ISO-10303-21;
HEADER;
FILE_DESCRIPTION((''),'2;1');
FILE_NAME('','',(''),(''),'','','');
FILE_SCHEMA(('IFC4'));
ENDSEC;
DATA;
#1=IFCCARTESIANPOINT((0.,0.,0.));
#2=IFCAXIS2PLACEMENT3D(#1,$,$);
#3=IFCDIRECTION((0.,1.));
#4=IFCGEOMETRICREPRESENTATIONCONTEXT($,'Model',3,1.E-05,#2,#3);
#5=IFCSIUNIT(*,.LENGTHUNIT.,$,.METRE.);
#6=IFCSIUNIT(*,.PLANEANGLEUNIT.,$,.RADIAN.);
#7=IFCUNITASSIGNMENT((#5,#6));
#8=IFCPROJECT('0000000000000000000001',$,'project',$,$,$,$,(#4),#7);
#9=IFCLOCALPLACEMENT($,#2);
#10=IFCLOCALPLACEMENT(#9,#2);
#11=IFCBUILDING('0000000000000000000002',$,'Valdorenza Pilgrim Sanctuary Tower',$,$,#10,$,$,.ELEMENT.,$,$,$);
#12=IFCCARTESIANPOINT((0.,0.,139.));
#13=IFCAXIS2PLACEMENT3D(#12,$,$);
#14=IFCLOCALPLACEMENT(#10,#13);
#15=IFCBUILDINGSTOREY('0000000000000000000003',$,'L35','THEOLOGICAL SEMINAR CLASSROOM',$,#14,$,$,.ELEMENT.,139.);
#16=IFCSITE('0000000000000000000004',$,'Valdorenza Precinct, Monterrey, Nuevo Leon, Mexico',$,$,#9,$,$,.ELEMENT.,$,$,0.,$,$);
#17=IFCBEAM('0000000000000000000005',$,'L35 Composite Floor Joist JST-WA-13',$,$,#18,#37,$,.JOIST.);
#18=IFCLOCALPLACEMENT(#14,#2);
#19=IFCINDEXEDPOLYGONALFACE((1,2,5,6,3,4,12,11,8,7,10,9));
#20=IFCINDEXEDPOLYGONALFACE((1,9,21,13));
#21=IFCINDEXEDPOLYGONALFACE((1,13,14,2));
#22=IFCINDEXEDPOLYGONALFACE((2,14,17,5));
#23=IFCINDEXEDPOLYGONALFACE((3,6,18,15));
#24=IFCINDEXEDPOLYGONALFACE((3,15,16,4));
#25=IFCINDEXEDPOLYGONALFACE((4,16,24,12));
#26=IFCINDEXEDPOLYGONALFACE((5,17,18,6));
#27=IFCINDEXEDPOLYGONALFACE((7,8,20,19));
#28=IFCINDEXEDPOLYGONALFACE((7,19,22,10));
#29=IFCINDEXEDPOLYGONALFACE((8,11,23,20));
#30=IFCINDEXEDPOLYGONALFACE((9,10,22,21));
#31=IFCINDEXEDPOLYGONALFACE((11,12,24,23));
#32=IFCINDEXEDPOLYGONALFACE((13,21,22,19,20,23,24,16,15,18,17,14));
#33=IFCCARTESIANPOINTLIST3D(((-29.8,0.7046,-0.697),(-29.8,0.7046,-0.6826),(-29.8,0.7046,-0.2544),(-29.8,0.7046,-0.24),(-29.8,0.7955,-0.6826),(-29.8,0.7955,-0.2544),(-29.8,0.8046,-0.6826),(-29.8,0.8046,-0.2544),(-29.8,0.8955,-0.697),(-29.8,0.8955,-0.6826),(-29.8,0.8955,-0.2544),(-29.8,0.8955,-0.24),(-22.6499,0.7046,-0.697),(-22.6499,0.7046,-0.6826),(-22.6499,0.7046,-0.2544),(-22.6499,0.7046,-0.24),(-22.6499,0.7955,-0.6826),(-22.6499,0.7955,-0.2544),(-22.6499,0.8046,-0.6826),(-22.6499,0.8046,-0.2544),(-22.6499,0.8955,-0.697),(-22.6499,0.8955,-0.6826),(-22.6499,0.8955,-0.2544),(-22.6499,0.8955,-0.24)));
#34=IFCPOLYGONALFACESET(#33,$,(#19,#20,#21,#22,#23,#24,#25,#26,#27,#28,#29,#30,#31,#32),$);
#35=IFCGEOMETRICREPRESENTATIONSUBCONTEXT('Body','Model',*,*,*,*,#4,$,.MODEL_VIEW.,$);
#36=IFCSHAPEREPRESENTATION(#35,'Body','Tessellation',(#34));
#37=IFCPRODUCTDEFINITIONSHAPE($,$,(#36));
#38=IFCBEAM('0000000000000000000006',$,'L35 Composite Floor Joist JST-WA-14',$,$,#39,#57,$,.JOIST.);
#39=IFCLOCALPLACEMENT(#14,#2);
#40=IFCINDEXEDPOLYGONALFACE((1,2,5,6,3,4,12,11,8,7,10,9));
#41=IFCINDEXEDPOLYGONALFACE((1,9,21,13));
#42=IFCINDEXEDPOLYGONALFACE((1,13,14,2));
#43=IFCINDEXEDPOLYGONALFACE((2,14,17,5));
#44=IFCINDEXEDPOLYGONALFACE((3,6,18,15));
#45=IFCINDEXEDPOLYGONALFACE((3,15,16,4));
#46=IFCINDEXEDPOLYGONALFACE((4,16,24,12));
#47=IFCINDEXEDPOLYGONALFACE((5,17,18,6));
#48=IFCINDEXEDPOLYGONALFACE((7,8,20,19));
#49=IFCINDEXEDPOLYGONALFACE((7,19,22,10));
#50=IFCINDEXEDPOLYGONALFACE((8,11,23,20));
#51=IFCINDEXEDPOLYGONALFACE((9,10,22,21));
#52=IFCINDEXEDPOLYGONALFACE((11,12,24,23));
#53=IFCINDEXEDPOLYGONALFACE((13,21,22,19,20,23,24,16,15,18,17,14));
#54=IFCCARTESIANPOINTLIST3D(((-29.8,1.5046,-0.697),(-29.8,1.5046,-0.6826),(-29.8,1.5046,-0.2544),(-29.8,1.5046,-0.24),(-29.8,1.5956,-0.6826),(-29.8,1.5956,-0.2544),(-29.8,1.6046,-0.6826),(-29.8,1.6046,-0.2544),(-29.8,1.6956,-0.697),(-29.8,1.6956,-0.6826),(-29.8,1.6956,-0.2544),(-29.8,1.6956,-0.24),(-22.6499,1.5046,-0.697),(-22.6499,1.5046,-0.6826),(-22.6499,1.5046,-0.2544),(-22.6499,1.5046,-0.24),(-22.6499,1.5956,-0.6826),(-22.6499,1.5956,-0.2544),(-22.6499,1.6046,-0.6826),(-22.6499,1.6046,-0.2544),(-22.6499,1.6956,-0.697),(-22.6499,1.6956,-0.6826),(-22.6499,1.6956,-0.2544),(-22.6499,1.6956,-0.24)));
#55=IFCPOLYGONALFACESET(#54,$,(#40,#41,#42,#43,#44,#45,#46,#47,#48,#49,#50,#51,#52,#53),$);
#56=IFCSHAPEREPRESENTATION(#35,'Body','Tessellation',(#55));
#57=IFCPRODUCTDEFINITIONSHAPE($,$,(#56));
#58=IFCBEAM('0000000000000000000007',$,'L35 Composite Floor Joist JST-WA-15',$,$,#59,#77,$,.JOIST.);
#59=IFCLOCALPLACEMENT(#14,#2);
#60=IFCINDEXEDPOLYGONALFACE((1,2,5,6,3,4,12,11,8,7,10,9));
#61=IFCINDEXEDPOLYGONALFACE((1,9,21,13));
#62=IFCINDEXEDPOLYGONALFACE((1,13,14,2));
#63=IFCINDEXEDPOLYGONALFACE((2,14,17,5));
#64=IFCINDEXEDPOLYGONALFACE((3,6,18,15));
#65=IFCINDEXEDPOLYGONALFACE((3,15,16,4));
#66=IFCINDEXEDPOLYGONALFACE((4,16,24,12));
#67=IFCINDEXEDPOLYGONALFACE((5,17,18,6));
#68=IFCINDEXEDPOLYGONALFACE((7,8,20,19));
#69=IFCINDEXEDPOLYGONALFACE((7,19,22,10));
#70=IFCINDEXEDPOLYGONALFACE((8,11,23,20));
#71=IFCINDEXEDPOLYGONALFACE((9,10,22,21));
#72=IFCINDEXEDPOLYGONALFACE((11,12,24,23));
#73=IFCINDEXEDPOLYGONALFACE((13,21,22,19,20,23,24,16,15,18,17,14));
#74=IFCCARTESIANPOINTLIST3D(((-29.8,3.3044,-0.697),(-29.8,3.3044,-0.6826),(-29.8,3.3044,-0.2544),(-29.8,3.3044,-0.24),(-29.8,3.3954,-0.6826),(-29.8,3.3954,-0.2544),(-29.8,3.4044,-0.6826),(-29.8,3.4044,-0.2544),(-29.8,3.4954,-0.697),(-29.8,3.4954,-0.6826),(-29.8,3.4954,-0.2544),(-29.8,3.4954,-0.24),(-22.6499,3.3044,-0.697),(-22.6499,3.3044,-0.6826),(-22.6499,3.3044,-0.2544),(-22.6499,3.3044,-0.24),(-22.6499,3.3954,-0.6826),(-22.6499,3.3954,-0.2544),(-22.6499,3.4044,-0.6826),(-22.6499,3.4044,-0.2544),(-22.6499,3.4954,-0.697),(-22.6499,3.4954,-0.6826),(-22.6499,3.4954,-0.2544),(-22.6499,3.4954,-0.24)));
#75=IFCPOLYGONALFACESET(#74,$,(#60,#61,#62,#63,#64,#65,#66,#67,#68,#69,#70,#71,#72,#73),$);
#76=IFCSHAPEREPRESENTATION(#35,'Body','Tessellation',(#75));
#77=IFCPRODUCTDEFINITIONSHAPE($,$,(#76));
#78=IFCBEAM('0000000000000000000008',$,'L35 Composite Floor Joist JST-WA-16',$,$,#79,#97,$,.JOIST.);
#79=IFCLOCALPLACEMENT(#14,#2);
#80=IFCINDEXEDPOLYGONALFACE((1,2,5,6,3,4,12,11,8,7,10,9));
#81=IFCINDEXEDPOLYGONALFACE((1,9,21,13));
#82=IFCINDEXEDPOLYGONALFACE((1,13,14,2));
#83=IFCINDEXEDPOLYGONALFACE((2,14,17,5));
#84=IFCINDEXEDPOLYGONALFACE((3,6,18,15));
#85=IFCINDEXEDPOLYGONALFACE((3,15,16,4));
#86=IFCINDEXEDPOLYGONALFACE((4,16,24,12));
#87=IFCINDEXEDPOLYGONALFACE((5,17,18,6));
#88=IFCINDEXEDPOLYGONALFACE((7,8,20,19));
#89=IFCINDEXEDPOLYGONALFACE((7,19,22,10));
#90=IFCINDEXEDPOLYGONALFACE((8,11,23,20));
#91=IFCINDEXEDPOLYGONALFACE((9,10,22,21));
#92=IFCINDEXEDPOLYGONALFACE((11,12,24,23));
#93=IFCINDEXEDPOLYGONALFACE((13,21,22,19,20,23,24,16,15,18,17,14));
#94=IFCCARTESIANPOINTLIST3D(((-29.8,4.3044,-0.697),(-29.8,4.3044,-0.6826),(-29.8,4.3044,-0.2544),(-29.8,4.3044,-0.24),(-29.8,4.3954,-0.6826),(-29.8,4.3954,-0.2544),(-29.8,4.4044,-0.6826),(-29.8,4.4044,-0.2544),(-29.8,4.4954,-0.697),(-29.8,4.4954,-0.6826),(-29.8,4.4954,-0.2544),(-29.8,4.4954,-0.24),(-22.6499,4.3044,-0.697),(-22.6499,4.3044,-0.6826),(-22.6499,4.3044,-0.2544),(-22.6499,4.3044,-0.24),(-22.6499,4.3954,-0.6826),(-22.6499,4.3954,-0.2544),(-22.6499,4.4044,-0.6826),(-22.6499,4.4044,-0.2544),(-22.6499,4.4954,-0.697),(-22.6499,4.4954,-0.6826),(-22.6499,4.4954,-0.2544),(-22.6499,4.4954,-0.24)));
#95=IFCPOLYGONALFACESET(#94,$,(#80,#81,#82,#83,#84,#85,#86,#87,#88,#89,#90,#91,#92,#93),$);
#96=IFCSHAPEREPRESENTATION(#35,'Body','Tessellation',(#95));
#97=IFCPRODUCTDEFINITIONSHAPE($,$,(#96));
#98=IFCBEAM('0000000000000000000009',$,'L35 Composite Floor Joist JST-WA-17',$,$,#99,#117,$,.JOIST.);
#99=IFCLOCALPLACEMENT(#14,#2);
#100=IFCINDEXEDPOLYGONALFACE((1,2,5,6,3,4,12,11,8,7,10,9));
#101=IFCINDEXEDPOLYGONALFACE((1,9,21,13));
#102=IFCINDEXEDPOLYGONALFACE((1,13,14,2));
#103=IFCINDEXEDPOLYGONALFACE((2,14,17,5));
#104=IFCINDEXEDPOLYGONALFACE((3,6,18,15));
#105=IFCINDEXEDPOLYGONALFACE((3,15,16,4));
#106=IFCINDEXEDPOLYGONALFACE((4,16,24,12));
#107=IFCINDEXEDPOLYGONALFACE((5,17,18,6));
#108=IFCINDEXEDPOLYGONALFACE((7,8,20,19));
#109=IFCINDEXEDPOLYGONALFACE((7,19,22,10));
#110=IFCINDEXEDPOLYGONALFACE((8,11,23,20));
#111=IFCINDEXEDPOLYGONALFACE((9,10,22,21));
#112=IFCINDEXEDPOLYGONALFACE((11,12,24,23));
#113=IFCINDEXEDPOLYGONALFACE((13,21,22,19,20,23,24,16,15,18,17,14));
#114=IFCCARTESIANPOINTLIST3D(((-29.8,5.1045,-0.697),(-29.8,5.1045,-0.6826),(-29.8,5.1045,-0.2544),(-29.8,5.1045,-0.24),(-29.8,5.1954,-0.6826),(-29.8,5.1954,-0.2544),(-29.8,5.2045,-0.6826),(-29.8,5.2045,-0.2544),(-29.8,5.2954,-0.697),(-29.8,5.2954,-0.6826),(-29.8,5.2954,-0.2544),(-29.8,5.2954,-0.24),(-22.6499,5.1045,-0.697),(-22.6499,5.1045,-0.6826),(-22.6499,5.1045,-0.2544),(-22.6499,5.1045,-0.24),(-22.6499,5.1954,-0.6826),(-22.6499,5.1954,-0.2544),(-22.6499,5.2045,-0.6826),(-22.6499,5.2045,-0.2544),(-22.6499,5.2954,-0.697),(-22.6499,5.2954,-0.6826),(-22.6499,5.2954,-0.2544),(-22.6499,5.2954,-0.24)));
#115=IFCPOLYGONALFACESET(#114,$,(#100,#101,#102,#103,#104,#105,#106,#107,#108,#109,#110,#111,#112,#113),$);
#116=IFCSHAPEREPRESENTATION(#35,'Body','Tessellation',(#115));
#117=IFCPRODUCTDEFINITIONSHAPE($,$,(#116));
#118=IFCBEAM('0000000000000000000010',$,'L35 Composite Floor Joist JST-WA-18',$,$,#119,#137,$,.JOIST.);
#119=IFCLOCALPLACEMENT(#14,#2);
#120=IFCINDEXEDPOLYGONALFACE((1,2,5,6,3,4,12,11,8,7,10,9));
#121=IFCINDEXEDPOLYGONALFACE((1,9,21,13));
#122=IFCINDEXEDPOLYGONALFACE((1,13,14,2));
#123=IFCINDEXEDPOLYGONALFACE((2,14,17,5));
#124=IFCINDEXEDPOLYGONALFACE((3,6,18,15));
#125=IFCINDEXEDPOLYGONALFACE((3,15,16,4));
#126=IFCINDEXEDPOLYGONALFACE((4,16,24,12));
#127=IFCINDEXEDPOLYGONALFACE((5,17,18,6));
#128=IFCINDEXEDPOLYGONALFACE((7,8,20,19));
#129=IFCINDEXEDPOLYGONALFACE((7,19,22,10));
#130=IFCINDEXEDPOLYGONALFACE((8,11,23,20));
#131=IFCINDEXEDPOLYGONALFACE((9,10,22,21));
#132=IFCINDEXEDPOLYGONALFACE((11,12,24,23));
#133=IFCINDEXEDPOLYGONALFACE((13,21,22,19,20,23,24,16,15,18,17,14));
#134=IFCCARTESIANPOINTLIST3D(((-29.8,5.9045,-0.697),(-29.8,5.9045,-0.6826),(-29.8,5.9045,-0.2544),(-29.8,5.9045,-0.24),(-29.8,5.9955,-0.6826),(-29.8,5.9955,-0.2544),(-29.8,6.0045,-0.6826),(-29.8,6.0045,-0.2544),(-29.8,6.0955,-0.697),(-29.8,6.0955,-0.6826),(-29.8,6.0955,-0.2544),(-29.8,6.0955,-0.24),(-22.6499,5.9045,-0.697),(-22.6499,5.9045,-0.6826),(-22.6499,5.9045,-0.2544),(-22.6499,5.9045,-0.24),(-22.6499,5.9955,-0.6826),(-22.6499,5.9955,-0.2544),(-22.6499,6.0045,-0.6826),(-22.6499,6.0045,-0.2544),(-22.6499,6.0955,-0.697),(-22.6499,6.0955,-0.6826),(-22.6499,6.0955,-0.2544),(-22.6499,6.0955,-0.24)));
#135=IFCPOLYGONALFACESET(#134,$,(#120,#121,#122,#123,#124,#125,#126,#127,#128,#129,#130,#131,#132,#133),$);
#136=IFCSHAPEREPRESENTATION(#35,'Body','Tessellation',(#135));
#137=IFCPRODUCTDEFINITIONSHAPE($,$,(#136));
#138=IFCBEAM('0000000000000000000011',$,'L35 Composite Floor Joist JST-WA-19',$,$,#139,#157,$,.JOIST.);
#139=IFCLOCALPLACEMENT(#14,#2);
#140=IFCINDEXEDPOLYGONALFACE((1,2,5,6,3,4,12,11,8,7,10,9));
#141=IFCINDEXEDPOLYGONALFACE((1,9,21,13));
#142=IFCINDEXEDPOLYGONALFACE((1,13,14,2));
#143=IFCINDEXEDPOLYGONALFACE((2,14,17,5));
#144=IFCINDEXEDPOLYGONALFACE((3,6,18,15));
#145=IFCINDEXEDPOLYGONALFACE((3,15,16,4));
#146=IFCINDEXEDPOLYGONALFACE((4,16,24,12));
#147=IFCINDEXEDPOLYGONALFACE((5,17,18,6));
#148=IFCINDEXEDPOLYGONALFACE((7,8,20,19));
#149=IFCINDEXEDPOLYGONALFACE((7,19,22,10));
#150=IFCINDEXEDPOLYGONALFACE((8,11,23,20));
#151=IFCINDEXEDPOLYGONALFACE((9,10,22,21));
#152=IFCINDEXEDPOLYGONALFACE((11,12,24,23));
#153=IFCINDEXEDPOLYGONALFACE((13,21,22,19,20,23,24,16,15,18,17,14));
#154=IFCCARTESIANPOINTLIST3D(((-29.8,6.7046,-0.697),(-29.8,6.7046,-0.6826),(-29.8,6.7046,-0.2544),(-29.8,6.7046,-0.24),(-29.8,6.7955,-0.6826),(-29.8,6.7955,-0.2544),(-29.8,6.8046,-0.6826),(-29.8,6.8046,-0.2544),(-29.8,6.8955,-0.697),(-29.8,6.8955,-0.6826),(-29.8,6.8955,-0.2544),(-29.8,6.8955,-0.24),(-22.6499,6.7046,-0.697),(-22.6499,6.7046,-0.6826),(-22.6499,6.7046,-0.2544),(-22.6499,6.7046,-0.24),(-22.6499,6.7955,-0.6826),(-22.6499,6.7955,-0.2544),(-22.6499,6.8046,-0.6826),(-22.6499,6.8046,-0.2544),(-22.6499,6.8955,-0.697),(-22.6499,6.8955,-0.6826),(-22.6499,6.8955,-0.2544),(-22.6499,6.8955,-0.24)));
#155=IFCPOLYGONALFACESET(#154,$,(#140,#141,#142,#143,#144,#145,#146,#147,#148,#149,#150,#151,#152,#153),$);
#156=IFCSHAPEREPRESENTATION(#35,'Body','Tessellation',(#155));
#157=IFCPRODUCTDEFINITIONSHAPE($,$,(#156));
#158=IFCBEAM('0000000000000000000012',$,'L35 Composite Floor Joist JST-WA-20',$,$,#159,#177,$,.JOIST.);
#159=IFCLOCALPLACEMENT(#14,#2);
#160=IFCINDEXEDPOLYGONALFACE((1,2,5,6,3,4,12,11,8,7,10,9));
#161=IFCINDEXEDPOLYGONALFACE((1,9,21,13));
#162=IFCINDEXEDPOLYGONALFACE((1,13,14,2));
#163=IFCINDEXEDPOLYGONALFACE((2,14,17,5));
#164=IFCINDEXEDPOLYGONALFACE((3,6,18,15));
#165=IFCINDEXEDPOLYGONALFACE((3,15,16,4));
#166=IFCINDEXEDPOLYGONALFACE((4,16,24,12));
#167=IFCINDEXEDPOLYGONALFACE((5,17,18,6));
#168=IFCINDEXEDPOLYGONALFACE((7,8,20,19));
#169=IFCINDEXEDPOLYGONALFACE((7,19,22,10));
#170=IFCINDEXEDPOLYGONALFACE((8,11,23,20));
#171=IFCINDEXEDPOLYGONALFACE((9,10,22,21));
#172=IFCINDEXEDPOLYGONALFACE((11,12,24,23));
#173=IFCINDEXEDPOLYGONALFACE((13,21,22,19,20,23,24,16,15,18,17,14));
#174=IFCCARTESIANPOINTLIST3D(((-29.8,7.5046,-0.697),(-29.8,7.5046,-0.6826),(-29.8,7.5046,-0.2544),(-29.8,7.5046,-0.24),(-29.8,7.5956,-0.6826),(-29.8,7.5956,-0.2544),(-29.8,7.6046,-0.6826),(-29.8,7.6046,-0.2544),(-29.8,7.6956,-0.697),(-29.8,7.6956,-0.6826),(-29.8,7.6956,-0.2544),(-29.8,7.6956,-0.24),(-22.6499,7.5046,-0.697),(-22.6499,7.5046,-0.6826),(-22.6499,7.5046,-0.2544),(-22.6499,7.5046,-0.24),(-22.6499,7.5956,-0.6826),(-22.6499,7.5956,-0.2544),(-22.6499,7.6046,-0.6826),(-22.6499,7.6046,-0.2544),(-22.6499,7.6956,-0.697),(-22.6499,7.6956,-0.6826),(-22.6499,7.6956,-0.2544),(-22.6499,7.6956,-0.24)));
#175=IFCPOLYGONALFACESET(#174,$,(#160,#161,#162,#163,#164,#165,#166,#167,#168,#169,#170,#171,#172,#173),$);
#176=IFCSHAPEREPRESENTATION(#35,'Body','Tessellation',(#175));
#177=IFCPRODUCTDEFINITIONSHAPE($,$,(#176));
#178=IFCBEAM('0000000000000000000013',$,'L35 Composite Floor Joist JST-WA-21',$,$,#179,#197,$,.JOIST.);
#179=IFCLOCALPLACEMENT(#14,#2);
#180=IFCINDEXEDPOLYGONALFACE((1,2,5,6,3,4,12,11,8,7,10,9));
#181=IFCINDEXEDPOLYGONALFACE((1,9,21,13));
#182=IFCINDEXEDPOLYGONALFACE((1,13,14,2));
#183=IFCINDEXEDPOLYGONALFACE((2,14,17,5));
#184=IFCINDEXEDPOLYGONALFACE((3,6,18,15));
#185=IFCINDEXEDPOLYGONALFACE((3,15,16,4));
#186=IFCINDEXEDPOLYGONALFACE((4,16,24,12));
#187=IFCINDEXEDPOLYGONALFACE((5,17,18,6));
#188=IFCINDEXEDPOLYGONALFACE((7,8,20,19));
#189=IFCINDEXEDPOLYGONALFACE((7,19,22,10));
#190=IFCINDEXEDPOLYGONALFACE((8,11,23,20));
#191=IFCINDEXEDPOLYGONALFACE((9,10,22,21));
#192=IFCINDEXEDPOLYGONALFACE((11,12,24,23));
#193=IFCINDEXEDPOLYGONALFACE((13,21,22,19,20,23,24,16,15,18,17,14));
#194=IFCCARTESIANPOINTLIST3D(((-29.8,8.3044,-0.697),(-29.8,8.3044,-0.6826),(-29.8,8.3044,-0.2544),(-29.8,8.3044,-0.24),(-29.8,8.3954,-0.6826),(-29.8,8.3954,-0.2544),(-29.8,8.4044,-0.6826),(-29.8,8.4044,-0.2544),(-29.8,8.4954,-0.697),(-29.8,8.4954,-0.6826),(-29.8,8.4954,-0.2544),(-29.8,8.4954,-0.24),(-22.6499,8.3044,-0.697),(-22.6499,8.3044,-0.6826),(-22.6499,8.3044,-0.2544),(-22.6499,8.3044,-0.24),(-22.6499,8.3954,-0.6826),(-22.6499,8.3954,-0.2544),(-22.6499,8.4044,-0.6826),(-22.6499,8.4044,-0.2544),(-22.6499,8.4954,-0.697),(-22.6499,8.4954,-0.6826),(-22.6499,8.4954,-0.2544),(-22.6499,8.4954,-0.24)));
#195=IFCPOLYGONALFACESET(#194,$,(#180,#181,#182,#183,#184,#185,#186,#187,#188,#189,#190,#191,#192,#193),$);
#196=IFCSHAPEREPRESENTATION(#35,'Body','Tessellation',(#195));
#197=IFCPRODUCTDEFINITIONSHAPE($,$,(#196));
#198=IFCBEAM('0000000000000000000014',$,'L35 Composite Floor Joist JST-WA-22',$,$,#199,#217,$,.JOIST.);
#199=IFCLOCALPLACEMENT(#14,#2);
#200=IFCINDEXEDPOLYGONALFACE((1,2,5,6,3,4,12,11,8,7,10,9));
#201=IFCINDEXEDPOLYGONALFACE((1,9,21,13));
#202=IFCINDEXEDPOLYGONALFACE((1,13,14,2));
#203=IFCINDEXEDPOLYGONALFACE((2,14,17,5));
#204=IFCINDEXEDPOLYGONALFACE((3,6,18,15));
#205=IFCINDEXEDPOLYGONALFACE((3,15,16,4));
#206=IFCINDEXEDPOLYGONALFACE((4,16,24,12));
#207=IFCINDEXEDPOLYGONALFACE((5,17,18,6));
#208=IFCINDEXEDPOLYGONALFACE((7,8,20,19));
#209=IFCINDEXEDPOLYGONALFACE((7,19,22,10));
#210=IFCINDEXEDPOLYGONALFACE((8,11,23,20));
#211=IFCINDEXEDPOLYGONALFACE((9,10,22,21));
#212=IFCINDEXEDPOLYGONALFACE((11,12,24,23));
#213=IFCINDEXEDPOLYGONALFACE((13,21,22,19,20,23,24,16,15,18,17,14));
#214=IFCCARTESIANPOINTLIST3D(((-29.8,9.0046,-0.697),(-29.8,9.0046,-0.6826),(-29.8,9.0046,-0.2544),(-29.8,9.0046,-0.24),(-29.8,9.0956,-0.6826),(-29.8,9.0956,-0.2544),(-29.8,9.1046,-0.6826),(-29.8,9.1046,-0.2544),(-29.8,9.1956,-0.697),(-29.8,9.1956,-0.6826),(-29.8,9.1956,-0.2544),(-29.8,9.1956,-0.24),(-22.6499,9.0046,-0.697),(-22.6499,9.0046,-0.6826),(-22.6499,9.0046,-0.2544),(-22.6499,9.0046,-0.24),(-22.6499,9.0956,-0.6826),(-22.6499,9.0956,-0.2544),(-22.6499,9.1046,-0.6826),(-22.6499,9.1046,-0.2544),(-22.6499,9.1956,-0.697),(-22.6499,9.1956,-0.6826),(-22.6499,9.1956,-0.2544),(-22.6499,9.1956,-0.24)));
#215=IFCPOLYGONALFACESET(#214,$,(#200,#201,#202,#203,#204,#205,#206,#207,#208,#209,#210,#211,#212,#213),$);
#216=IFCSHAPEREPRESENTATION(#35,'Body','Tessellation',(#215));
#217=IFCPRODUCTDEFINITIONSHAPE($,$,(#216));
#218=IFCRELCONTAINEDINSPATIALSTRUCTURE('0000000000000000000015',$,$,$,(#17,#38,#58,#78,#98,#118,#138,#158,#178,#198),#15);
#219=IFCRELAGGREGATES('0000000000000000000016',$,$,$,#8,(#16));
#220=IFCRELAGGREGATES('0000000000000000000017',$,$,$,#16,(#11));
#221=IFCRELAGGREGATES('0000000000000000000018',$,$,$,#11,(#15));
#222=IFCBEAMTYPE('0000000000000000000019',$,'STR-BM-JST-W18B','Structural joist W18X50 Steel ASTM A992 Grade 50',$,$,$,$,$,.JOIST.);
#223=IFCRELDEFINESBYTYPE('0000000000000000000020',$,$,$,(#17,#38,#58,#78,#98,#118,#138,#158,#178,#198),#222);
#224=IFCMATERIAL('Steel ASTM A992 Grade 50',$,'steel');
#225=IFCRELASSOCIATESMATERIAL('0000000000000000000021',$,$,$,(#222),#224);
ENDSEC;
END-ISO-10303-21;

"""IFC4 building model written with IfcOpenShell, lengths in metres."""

from ifc_helpers import new_model, si_unit, direction, frame, origin, origin_2d, place, context, subcontext, project, spatial, i_section, extrude, source, transform, mapped, material, material_profile, profile_set, type_object, element, save


model = new_model("IFC4")

# Units and contexts
model_context = context("Model", 3, precision=1e-05, world=origin(), true_north=direction((0.0, 1.0)))
body_context = subcontext(model_context, "Body", "Model", "MODEL_VIEW")
ifc_project = project(units=[si_unit("LENGTHUNIT", "METRE"), si_unit("PLANEANGLEUNIT", "RADIAN")], contexts=[model_context])

# Site, building, storey
site_placement = place(None, origin())
site = spatial("IfcSite", under=ifc_project, at=site_placement, Name="Valdorenza Precinct, Monterrey, Nuevo Leon, Mexico", CompositionType="ELEMENT", RefElevation=0.0)
building_placement = place(site_placement, origin())
building = spatial("IfcBuilding", under=site, at=building_placement, Name="Valdorenza Pilgrim Sanctuary Tower", CompositionType="ELEMENT")
storey_placement = place(building_placement, frame((0.0, 0.0, 139.0)))
storey = spatial("IfcBuildingStorey", under=building, at=storey_placement, Name="L35", Description="THEOLOGICAL SEMINAR CLASSROOM", CompositionType="ELEMENT", Elevation=139.0)

# Beams
ifc_material_1 = material(Name="Steel ASTM A992 Grade 50", Category="steel")
ifc_material_profile_1 = material_profile(ifc_material_1, i_section(OverallWidth=0.1909, OverallDepth=0.457, WebThickness=0.009, FlangeThickness=0.0144, at=origin_2d()), Name="W18X50")
ifc_profile_set_1 = profile_set([ifc_material_profile_1], Name="Steel ASTM A992 Grade 50")
beam_type = type_object("IfcBeamType", Name="STR-BM-JST-W18B", Description="Structural joist W18X50 Steel ASTM A992 Grade 50", PredefinedType="JOIST", material=ifc_profile_set_1)
shared_shape_1 = source(origin(), body_context, "Body", "SweptSolid", [
    extrude(i_section(OverallWidth=0.1909, OverallDepth=0.457, WebThickness=0.009, FlangeThickness=0.0144, at=origin_2d()), origin(), (0.0, 0.0, 1.0), 7.1501),
])
for number, where, z_axis, x_axis, name in (
    (1, (-29.8, 0.8, -0.4685), (1.0, 0.0, 0.0), (0.0, 1.0, 0.0), "L35 Composite Floor Joist JST-WA-13"),
    (2, (-29.8, 1.6001, -0.4685), (1.0, 0.0, 0.0), (0.0, 1.0, 0.0), "L35 Composite Floor Joist JST-WA-14"),
    (3, (-29.8, 3.3999, -0.4685), (1.0, 0.0, 0.0), (0.0, 1.0, 0.0), "L35 Composite Floor Joist JST-WA-15"),
    (4, (-29.8, 4.3999, -0.4685), (1.0, 0.0, 0.0), (0.0, 1.0, 0.0), "L35 Composite Floor Joist JST-WA-16"),
    (5, (-29.8, 5.2, -0.4685), (1.0, 0.0, 0.0), (0.0, 1.0, 0.0), "L35 Composite Floor Joist JST-WA-17"),
    (6, (-29.8, 6.0, -0.4685), (1.0, 0.0, 0.0), (0.0, 1.0, 0.0), "L35 Composite Floor Joist JST-WA-18"),
    (7, (-29.8, 6.8, -0.4685), (1.0, 0.0, 0.0), (0.0, 1.0, 0.0), "L35 Composite Floor Joist JST-WA-19"),
    (8, (-29.8, 7.6001, -0.4685), (1.0, 0.0, 0.0), (0.0, 1.0, 0.0), "L35 Composite Floor Joist JST-WA-20"),
    (9, (-29.8, 8.3999, -0.4685), (1.0, 0.0, 0.0), (0.0, 1.0, 0.0), "L35 Composite Floor Joist JST-WA-21"),
    (10, (-29.8, 9.1001, -0.4685), (1.0, 0.0, 0.0), (0.0, 1.0, 0.0), "L35 Composite Floor Joist JST-WA-22"),
):
    element("IfcBeam", number, at=place(storey_placement, frame(where, z_axis=z_axis, x_axis=x_axis)), inside=storey, type_object=beam_type, Name=name, PredefinedType="JOIST", context=body_context, shape_type="MappedRepresentation", body=[
        mapped(shared_shape_1, transform((0.0, 0.0, 0.0), x_axis=(1.0, 0.0, 0.0), y_axis=(0.0, 1.0, 0.0), z_axis=(0.0, 0.0, 1.0), scale=1.0)),
    ])

save(model, "model.ifc")
